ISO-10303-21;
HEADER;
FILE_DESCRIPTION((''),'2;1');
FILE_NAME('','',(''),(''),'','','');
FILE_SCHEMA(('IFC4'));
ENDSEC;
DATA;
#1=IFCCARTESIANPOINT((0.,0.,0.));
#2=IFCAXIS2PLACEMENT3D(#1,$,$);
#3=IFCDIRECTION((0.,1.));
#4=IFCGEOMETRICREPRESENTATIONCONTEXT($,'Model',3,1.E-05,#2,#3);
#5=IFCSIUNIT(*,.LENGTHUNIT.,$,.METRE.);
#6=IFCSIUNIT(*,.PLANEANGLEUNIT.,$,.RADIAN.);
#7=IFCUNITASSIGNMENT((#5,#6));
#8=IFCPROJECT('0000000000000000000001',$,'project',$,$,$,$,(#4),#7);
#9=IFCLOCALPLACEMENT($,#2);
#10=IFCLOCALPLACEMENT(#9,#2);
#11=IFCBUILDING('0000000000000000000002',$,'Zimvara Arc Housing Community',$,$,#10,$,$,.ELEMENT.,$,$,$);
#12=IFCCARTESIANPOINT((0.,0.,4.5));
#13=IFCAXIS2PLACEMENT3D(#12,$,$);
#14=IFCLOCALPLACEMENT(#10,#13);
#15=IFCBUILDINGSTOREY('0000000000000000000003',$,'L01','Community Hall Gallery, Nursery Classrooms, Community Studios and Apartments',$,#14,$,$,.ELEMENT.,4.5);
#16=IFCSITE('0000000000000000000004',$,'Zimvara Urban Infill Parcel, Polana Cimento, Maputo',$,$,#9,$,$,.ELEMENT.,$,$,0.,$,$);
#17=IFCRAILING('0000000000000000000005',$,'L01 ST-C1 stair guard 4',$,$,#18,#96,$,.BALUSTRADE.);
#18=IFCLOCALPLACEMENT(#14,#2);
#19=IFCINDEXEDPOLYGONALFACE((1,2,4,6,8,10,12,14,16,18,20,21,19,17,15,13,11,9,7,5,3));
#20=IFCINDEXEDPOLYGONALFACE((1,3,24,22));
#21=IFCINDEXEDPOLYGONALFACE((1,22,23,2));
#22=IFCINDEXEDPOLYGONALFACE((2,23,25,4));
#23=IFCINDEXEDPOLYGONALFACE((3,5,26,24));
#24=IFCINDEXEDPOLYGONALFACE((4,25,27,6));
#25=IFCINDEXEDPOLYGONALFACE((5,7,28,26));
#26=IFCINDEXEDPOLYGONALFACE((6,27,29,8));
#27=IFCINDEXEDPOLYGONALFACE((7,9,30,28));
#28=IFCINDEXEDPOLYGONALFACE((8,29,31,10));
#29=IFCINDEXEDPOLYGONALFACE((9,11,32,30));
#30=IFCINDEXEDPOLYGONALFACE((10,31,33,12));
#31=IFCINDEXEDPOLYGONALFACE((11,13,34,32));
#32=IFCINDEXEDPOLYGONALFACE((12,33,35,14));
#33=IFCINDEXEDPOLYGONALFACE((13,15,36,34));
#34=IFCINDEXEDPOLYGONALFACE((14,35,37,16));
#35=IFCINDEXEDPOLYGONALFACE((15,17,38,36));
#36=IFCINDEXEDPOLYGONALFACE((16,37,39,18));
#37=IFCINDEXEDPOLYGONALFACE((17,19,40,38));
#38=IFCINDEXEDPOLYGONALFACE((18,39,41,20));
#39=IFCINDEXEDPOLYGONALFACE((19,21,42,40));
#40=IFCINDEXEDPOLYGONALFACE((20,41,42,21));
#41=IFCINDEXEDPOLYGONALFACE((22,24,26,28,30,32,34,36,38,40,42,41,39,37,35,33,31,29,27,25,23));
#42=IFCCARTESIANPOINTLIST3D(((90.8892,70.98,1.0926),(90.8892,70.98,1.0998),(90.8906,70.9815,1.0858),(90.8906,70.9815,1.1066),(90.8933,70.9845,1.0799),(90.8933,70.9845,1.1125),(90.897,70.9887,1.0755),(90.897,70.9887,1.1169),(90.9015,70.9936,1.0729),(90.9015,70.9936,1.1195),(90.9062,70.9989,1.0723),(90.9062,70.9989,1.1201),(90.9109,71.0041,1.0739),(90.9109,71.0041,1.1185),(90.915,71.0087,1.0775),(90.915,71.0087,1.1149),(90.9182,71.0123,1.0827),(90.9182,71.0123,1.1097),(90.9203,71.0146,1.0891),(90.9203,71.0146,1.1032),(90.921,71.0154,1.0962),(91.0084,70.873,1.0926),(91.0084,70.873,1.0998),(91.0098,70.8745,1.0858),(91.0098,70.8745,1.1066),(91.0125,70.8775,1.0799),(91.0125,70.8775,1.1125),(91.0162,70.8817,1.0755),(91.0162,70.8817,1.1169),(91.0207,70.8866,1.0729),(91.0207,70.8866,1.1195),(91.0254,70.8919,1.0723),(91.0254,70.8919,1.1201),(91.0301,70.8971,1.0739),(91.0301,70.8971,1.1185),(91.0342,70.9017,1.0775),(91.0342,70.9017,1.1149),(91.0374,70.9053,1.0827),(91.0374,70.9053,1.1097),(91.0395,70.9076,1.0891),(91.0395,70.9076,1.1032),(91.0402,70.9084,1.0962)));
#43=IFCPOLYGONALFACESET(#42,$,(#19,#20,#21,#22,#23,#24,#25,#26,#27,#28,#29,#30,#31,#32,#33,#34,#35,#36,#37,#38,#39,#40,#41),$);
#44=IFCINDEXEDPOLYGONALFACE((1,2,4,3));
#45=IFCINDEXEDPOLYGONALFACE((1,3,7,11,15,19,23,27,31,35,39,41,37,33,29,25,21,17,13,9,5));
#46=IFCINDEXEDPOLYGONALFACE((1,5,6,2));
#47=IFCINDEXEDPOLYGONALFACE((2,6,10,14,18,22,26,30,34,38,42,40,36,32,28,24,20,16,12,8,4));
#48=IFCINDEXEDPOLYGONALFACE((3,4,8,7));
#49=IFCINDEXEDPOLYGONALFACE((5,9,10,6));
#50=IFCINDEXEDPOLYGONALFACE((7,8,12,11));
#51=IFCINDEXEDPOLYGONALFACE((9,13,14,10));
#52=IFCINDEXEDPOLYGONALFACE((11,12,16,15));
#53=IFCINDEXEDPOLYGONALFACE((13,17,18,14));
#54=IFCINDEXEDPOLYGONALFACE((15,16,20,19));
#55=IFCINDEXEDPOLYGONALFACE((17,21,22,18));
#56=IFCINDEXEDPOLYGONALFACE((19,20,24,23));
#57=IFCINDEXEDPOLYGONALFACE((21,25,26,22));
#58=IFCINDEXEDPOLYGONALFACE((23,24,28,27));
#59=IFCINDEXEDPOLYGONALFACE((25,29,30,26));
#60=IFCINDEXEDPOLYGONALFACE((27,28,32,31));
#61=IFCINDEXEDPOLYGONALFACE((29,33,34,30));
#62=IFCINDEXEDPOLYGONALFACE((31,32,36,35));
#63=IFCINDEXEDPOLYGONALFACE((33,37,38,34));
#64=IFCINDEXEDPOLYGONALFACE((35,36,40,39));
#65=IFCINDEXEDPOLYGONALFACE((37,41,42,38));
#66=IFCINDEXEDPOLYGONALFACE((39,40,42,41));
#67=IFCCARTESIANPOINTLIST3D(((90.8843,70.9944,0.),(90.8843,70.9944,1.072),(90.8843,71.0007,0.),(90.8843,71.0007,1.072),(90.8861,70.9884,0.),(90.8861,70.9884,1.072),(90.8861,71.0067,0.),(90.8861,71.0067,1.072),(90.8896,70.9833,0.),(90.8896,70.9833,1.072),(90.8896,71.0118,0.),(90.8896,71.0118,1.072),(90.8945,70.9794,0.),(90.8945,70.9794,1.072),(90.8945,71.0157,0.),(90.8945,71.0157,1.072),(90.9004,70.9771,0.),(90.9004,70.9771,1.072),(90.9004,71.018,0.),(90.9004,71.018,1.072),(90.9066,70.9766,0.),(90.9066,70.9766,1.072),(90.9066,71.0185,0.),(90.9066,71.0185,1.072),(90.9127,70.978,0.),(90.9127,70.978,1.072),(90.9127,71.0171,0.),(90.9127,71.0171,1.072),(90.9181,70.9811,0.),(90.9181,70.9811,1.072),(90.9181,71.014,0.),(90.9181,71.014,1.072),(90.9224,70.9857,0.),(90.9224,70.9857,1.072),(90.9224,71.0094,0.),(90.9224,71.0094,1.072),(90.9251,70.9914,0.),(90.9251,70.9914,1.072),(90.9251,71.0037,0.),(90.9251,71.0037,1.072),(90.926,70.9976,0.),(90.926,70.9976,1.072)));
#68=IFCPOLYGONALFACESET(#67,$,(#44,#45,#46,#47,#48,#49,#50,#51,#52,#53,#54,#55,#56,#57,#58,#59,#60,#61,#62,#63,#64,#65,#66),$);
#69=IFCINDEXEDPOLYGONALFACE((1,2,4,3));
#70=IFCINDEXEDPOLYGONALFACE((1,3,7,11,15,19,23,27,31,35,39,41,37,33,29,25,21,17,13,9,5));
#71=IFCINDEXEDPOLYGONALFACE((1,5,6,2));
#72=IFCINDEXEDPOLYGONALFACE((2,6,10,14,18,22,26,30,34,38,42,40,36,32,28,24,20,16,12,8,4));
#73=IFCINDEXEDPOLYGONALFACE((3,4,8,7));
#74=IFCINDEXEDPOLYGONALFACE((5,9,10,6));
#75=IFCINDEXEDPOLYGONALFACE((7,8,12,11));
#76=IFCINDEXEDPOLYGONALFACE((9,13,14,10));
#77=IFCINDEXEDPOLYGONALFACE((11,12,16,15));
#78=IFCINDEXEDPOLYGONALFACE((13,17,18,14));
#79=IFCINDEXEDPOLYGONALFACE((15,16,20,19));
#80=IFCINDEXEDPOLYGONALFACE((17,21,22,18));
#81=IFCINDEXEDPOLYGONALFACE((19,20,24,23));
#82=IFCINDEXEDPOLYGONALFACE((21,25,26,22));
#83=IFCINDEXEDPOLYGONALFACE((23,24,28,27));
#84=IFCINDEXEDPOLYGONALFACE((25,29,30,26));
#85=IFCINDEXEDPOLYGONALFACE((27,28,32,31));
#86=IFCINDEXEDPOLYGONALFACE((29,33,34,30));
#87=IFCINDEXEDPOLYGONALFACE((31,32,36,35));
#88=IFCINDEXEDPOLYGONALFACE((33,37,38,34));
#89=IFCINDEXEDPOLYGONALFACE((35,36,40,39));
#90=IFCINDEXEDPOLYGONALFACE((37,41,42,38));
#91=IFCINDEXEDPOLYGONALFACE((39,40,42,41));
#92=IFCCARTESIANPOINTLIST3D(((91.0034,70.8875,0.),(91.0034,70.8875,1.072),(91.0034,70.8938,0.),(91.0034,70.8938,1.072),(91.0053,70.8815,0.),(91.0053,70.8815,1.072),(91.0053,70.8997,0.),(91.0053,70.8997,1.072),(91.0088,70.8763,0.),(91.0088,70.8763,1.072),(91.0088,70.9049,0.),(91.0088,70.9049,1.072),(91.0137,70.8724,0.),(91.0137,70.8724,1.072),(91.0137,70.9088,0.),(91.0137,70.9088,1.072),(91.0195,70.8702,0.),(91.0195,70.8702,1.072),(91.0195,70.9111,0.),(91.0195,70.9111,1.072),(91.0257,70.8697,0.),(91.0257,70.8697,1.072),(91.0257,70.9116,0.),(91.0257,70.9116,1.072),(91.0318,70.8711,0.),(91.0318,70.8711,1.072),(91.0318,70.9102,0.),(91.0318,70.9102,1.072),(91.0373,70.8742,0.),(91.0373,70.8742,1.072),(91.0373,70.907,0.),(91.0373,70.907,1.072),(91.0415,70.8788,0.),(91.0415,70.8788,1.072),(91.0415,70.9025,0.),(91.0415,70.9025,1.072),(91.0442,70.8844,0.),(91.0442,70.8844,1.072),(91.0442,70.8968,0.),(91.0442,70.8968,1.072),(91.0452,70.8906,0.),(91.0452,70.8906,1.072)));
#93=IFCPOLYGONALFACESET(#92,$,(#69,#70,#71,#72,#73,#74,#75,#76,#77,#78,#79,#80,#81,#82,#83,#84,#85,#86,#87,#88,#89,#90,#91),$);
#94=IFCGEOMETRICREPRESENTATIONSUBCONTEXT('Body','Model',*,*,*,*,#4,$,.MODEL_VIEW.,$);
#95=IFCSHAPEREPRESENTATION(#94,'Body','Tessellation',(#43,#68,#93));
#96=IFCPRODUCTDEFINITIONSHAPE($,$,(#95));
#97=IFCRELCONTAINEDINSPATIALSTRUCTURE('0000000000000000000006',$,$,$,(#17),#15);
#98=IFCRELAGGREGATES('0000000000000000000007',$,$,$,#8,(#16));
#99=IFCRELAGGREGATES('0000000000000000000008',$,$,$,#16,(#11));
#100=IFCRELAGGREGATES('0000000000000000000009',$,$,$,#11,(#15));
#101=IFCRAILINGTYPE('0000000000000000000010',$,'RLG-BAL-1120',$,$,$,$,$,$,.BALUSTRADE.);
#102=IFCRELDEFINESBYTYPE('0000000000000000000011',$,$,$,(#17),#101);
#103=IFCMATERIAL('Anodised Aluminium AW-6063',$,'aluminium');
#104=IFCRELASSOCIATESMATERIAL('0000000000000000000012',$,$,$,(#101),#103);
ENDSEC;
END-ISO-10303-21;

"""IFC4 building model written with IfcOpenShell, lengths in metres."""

from ifc_helpers import new_model, si_unit, direction, frame, origin, origin_2d, place, context, subcontext, project, spatial, circle, extrude, material, type_object, element, save


model = new_model("IFC4")

# Units and contexts
model_context = context("Model", 3, precision=1e-05, world=origin(), true_north=direction((0.0, 1.0)))
body_context = subcontext(model_context, "Body", "Model", "MODEL_VIEW")
ifc_project = project(units=[si_unit("LENGTHUNIT", "METRE"), si_unit("PLANEANGLEUNIT", "RADIAN")], contexts=[model_context])

# Site, building, storey
site_placement = place(None, origin())
site = spatial("IfcSite", under=ifc_project, at=site_placement, Name="Zimvara Urban Infill Parcel, Polana Cimento, Maputo", CompositionType="ELEMENT", RefElevation=0.0)
building_placement = place(site_placement, origin())
building = spatial("IfcBuilding", under=site, at=building_placement, Name="Zimvara Arc Housing Community", CompositionType="ELEMENT")
storey_placement = place(building_placement, frame((0.0, 0.0, 4.5)))
storey = spatial("IfcBuildingStorey", under=building, at=storey_placement, Name="L01", Description="Community Hall Gallery, Nursery Classrooms, Community Studios and Apartments", CompositionType="ELEMENT", Elevation=4.5)

# Railing
ifc_material_1 = material(Name="Anodised Aluminium AW-6063", Category="aluminium")
railing_type_1 = type_object("IfcRailingType", Name="RLG-BAL-1120", PredefinedType="BALUSTRADE", material=ifc_material_1)
railing_1_placement = place(storey_placement, frame((90.905, 70.9976, 0.0)))
element("IfcRailing", 1, at=railing_1_placement, inside=storey, type_object=railing_type_1, Name="L01 ST-C1 stair guard 4", PredefinedType="BALUSTRADE", context=body_context, shape_type="SweptSolid", body=[
    extrude(circle(Radius=0.0239, at=origin_2d()), frame((0.0, 0.0, 1.0962), z_axis=(0.744203, -0.667953, 0.0), x_axis=(0.667953, 0.744203, 0.0)), (0.0, 0.0, 1.0), 0.1602),
    extrude(circle(Radius=0.021, at=origin_2d()), origin(), (0.0, 0.0, 1.0), 1.072),
    extrude(circle(Radius=0.021, at=origin_2d()), frame((0.1191, -0.1069, 0.0)), (0.0, 0.0, 1.0), 1.072),
])

save(model, "model.ifc")
